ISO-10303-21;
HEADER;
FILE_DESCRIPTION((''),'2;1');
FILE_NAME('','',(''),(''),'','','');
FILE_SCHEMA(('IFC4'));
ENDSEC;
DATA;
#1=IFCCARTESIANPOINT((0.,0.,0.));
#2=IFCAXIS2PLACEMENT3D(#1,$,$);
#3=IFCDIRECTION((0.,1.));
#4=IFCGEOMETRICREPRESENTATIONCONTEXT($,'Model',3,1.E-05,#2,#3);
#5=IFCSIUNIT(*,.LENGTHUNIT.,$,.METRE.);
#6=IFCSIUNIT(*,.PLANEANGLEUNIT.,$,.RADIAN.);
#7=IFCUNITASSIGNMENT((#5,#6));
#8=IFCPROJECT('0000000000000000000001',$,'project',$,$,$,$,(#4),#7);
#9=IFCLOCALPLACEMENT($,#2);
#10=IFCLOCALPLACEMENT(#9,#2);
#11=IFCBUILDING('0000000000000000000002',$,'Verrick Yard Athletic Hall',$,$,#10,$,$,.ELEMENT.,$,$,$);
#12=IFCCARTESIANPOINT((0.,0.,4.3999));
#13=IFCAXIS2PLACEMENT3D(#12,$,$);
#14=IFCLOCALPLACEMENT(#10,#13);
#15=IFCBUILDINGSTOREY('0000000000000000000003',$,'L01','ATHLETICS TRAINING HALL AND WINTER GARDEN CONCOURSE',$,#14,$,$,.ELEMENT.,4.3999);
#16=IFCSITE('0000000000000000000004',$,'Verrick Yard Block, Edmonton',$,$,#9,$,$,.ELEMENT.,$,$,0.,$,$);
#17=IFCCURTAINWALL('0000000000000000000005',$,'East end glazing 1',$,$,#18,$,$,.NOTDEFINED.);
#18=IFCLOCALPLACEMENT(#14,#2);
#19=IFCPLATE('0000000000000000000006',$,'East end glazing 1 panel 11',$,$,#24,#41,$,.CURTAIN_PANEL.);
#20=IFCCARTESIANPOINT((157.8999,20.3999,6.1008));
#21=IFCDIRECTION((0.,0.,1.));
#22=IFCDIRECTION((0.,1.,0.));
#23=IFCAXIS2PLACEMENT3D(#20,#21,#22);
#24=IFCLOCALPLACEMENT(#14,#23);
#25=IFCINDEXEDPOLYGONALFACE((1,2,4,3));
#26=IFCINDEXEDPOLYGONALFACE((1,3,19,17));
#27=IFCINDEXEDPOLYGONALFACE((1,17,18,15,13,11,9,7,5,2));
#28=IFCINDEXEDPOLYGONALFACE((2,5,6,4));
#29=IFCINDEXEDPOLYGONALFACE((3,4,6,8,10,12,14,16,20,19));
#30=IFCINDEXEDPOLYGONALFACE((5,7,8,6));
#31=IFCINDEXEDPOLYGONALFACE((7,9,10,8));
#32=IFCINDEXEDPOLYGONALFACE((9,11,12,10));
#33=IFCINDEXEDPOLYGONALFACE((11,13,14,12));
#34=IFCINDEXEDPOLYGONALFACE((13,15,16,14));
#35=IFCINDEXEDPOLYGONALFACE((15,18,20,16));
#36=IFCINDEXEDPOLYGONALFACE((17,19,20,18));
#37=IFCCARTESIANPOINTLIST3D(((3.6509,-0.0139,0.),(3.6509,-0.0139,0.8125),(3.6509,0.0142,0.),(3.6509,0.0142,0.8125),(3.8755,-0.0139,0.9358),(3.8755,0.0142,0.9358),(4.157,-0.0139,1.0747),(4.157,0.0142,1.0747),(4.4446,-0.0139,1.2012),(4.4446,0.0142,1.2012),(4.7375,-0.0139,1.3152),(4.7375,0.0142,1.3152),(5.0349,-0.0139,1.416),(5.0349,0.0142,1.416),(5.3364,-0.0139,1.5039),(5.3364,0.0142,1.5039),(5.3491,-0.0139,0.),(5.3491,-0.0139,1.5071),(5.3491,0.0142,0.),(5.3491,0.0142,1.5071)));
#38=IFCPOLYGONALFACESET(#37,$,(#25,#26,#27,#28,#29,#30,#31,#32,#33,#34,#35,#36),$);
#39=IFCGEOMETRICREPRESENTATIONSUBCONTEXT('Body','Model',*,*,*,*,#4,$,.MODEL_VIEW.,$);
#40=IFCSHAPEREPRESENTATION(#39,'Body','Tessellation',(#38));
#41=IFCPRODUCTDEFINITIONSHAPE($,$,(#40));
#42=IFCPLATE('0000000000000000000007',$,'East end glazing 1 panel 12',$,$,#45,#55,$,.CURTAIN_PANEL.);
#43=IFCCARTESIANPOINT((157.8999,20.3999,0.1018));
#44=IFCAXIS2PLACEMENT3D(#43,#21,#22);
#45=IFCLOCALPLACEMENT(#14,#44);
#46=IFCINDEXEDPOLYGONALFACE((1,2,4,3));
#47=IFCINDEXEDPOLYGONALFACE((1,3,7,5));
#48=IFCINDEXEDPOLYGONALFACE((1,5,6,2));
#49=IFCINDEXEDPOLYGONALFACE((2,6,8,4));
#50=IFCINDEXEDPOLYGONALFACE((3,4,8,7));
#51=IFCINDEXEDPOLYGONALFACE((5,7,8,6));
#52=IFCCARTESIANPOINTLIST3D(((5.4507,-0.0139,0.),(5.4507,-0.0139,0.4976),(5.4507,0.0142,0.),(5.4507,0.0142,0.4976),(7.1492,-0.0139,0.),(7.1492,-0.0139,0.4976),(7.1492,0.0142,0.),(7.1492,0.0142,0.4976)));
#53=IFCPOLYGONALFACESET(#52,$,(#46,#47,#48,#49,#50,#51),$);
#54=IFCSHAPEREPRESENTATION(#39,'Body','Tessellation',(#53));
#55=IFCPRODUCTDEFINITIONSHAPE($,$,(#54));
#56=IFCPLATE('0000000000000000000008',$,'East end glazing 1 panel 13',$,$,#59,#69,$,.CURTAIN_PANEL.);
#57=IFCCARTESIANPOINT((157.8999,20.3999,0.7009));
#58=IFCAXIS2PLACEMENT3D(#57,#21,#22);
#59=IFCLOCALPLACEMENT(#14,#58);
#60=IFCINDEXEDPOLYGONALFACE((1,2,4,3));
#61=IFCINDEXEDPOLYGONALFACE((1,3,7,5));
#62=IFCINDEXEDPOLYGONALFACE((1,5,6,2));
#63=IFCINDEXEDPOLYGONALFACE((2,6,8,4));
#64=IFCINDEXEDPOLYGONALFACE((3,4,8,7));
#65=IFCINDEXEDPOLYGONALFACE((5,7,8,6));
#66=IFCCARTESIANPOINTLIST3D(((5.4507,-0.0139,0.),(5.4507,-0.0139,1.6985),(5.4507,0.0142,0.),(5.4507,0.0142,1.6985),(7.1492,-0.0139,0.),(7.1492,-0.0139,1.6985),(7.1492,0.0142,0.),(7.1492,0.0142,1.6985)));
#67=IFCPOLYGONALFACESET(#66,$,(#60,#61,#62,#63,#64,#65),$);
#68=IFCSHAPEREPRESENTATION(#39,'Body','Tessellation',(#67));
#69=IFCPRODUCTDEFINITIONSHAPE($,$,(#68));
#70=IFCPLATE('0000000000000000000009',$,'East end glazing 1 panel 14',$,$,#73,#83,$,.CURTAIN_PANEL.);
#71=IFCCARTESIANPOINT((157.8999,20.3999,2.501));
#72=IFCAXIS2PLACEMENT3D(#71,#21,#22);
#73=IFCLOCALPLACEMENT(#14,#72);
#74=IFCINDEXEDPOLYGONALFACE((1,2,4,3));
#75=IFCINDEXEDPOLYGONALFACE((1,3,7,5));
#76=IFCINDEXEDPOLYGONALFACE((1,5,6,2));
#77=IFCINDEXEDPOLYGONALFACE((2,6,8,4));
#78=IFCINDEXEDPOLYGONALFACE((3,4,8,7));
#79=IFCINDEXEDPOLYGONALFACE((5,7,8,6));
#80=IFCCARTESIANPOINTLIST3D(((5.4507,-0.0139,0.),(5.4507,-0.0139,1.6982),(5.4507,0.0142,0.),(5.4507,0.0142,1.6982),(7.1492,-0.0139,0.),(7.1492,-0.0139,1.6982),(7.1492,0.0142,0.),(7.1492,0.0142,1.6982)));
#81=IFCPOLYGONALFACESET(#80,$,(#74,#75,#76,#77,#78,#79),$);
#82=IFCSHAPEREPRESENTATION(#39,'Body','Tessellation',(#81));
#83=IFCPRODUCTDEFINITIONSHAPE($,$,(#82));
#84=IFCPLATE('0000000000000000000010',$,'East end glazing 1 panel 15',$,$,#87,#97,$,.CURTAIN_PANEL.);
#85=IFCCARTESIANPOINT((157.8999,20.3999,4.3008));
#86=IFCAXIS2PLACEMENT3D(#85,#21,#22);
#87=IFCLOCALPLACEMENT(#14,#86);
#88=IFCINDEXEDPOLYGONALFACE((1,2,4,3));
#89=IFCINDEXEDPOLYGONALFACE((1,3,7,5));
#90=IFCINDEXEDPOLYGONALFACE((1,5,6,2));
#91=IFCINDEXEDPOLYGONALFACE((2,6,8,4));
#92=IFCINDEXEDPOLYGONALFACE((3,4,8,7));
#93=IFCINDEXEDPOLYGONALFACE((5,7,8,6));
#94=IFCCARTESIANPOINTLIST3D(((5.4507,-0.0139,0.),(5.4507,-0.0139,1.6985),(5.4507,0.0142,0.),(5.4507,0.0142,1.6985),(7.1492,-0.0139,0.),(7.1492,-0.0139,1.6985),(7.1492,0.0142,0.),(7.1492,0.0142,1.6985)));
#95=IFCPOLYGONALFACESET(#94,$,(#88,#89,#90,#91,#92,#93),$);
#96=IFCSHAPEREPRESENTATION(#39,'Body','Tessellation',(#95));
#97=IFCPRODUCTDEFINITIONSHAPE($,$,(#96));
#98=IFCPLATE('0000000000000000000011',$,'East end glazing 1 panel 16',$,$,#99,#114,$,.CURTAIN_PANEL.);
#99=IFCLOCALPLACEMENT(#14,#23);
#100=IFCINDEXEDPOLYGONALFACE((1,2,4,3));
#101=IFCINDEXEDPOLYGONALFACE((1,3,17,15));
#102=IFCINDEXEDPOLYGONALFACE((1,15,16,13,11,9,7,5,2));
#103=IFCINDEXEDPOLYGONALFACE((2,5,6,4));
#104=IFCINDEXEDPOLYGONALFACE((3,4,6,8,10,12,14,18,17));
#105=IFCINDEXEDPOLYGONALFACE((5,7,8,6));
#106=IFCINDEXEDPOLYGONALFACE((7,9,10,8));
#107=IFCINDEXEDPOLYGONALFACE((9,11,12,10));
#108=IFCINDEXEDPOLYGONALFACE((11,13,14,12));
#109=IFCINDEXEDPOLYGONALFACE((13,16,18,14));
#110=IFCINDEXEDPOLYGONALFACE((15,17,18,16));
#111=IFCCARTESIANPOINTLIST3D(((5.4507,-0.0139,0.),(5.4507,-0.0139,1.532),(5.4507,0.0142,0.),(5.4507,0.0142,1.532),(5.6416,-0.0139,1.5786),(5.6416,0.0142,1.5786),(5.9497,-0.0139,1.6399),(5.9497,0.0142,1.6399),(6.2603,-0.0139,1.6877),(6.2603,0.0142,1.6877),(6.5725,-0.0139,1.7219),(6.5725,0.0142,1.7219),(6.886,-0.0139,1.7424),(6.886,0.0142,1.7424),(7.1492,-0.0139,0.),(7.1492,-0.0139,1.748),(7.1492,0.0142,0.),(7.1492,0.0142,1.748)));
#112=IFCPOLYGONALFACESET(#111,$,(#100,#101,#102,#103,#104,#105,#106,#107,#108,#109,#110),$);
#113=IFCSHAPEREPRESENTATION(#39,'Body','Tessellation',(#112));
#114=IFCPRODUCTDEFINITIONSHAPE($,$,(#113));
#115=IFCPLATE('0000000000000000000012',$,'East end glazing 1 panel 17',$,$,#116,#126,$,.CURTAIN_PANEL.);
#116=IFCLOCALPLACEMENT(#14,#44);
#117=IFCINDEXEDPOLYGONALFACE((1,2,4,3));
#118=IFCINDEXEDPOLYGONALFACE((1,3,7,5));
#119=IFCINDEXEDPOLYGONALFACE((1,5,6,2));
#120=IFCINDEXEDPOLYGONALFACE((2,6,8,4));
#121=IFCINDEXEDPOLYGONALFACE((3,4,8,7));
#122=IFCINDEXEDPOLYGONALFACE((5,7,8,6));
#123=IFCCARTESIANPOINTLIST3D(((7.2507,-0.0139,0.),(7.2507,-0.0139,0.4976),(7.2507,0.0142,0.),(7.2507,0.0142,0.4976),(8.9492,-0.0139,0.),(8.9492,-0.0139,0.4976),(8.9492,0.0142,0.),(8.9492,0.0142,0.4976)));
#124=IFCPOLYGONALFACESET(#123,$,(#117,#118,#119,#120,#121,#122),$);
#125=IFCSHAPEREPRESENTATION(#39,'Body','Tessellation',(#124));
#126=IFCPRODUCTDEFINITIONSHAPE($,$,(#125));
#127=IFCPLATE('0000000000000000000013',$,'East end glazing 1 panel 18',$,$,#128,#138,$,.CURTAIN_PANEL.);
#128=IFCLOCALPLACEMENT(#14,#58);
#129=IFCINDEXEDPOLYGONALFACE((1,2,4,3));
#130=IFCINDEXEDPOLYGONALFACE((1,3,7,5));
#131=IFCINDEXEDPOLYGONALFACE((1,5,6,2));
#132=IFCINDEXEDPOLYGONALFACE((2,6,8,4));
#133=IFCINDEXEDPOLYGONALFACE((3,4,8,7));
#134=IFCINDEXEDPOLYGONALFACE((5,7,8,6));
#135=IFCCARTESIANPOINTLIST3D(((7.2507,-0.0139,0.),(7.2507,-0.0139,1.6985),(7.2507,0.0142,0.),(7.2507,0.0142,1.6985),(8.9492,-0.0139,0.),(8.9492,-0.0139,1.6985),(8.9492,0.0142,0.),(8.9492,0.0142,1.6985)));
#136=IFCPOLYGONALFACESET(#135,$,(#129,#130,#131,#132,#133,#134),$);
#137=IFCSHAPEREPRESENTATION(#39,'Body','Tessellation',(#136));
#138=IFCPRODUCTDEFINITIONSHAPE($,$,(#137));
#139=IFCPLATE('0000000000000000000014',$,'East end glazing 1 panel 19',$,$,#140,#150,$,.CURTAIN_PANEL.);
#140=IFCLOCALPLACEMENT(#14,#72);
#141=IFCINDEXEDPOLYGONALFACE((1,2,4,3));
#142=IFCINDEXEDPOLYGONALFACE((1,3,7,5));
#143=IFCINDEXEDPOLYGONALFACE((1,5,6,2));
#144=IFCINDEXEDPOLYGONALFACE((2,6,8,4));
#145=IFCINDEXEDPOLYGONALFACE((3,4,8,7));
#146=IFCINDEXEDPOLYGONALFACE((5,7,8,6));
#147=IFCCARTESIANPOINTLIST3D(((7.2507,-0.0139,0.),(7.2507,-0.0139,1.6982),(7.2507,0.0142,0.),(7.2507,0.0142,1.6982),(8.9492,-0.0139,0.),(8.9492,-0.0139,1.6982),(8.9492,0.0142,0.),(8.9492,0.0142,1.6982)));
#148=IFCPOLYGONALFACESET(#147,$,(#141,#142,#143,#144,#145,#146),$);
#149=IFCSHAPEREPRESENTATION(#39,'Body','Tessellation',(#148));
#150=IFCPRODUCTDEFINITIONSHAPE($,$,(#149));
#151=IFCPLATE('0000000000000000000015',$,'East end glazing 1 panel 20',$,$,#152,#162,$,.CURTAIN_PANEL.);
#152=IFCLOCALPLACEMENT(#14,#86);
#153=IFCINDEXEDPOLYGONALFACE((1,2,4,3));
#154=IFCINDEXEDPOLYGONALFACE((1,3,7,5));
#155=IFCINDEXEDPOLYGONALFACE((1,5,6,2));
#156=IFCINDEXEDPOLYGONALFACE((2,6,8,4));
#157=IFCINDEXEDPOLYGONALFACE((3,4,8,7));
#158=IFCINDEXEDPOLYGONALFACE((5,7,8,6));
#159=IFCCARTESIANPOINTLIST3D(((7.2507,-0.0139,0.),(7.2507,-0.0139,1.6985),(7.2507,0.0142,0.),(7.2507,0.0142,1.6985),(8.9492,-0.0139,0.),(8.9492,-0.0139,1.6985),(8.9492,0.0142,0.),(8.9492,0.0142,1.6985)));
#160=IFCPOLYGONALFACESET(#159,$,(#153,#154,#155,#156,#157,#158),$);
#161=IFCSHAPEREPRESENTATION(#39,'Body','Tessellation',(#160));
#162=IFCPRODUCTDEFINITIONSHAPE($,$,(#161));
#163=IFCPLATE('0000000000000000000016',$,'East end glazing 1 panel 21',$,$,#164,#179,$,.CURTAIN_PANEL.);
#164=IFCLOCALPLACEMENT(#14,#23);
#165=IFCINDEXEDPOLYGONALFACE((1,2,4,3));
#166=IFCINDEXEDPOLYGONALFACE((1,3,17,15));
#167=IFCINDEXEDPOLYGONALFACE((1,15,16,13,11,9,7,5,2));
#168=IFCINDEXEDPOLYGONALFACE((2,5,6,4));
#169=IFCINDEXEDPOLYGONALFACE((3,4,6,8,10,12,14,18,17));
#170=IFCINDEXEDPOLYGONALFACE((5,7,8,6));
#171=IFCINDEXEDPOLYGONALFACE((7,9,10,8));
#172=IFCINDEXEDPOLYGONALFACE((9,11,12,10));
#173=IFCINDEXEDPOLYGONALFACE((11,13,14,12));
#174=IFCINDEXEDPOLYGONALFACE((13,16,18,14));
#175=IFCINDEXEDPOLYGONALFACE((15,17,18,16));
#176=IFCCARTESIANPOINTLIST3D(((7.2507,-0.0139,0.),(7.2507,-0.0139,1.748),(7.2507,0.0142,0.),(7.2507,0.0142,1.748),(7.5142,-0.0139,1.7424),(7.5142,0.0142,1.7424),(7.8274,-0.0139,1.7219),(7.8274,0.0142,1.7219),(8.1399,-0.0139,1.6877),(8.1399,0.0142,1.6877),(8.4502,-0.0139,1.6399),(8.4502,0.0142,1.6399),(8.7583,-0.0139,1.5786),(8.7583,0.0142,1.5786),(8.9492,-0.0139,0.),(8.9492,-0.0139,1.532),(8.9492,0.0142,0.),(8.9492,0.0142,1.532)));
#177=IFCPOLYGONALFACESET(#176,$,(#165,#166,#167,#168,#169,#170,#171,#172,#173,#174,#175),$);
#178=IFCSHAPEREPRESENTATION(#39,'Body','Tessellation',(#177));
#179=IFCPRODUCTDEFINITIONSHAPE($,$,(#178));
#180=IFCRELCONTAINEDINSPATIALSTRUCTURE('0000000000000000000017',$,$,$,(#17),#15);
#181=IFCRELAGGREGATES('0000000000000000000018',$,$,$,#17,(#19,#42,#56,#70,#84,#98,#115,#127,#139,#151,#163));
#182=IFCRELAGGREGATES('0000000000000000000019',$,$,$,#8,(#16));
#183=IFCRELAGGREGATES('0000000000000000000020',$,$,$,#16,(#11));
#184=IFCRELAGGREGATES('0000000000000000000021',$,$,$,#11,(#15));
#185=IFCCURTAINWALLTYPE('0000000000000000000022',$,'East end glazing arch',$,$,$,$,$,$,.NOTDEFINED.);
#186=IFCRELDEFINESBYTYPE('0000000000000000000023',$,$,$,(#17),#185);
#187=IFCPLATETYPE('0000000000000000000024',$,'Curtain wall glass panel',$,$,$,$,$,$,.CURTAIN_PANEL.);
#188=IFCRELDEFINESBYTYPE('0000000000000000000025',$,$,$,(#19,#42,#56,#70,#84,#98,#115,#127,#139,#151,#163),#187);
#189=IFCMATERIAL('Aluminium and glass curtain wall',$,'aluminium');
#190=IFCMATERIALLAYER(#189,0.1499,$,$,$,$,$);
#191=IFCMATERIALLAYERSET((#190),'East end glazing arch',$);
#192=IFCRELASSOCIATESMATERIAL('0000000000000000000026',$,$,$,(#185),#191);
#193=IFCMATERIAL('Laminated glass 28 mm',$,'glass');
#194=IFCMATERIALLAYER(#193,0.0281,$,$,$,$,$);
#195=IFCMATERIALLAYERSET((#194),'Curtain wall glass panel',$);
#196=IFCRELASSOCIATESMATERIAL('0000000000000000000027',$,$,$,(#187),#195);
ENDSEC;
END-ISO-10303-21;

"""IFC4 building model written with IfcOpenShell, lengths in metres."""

from ifc_helpers import new_model, si_unit, direction, frame, origin, place, context, subcontext, project, spatial, polyline, outline, extrude, material, layer, layer_set, type_object, element, aggregate, save


model = new_model("IFC4")

# Units and contexts
model_context = context("Model", 3, precision=1e-05, world=origin(), true_north=direction((0.0, 1.0)))
body_context = subcontext(model_context, "Body", "Model", "MODEL_VIEW")
ifc_project = project(units=[si_unit("LENGTHUNIT", "METRE"), si_unit("PLANEANGLEUNIT", "RADIAN")], contexts=[model_context])

# Site, building, storey
site_placement = place(None, origin())
site = spatial("IfcSite", under=ifc_project, at=site_placement, Name="Verrick Yard Block, Edmonton", CompositionType="ELEMENT", RefElevation=0.0)
building_placement = place(site_placement, origin())
building = spatial("IfcBuilding", under=site, at=building_placement, Name="Verrick Yard Athletic Hall", CompositionType="ELEMENT")
storey_placement = place(building_placement, frame((0.0, 0.0, 4.3999)))
storey = spatial("IfcBuildingStorey", under=building, at=storey_placement, Name="L01", Description="ATHLETICS TRAINING HALL AND WINTER GARDEN CONCOURSE", CompositionType="ELEMENT", Elevation=4.3999)

# Curtain wall, plates
ifc_material_1 = material(Name="Aluminium and glass curtain wall", Category="aluminium")
ifc_layer_1 = layer(ifc_material_1, 0.1499)
ifc_layer_set_1 = layer_set([ifc_layer_1], Name="East end glazing arch")
curtain_wall_type = type_object("IfcCurtainWallType", Name="East end glazing arch", PredefinedType="NOTDEFINED", material=ifc_layer_set_1)
curtain_wall_placement = place(storey_placement, origin())
curtain_wall = element("IfcCurtainWall", 1, at=curtain_wall_placement, inside=storey, type_object=curtain_wall_type, Name="East end glazing 1", PredefinedType="NOTDEFINED")
ifc_material_2 = material(Name="Laminated glass 28 mm", Category="glass")
ifc_layer_2 = layer(ifc_material_2, 0.0281)
ifc_layer_set_2 = layer_set([ifc_layer_2], Name="Curtain wall glass panel")
plate_type = type_object("IfcPlateType", Name="Curtain wall glass panel", PredefinedType="CURTAIN_PANEL", material=ifc_layer_set_2)
plate_1_placement = place(storey_placement, frame((157.8999, 20.3999, 6.1008), z_axis=(0.0, 0.0, 1.0), x_axis=(0.0, 1.0, 0.0)))
plate_1 = element("IfcPlate", 2, at=plate_1_placement, type_object=plate_type, Name="East end glazing 1 panel 11", PredefinedType="CURTAIN_PANEL", context=body_context, shape_type="SweptSolid", body=[
    extrude(outline(polyline([(5.3491, 1.5071), (5.3364, 1.5039), (5.0349, 1.416), (4.7375, 1.3152), (4.4446, 1.2012), (4.157, 1.0747), (3.8755, 0.9358), (3.6509, 0.8125), (3.6509, 0.0), (5.3491, 0.0), (5.3491, 1.5071)])), frame((0.0, 0.0142, 0.0), z_axis=(0.0, -1.0, 0.0), x_axis=(1.0, 0.0, 0.0)), (0.0, 0.0, 1.0), 0.0281),
])
plate_2_placement = place(storey_placement, frame((157.8999, 20.3999, 0.1018), z_axis=(0.0, 0.0, 1.0), x_axis=(0.0, 1.0, 0.0)))
plate_2 = element("IfcPlate", 3, at=plate_2_placement, type_object=plate_type, Name="East end glazing 1 panel 12", PredefinedType="CURTAIN_PANEL", context=body_context, shape_type="SweptSolid", body=[
    extrude(outline(polyline([(7.1492, 0.0), (7.1492, 0.4976), (5.4507, 0.4976), (5.4507, 0.0), (7.1492, 0.0)])), frame((0.0, 0.0142, 0.0), z_axis=(0.0, -1.0, 0.0), x_axis=(1.0, 0.0, 0.0)), (0.0, 0.0, 1.0), 0.0281),
])
plate_3_placement = place(storey_placement, frame((157.8999, 20.3999, 0.7009), z_axis=(0.0, 0.0, 1.0), x_axis=(0.0, 1.0, 0.0)))
plate_3 = element("IfcPlate", 4, at=plate_3_placement, type_object=plate_type, Name="East end glazing 1 panel 13", PredefinedType="CURTAIN_PANEL", context=body_context, shape_type="SweptSolid", body=[
    extrude(outline(polyline([(7.1492, 0.0), (7.1492, 1.6985), (5.4507, 1.6985), (5.4507, 0.0), (7.1492, 0.0)])), frame((0.0, 0.0142, 0.0), z_axis=(0.0, -1.0, 0.0), x_axis=(1.0, 0.0, 0.0)), (0.0, 0.0, 1.0), 0.0281),
])
plate_4_placement = place(storey_placement, frame((157.8999, 20.3999, 2.501), z_axis=(0.0, 0.0, 1.0), x_axis=(0.0, 1.0, 0.0)))
plate_4 = element("IfcPlate", 5, at=plate_4_placement, type_object=plate_type, Name="East end glazing 1 panel 14", PredefinedType="CURTAIN_PANEL", context=body_context, shape_type="SweptSolid", body=[
    extrude(outline(polyline([(7.1492, 0.0), (7.1492, 1.6982), (5.4507, 1.6982), (5.4507, 0.0), (7.1492, 0.0)])), frame((0.0, 0.0142, 0.0), z_axis=(0.0, -1.0, 0.0), x_axis=(1.0, 0.0, 0.0)), (0.0, 0.0, 1.0), 0.0281),
])
plate_5_placement = place(storey_placement, frame((157.8999, 20.3999, 4.3008), z_axis=(0.0, 0.0, 1.0), x_axis=(0.0, 1.0, 0.0)))
plate_5 = element("IfcPlate", 6, at=plate_5_placement, type_object=plate_type, Name="East end glazing 1 panel 15", PredefinedType="CURTAIN_PANEL", context=body_context, shape_type="SweptSolid", body=[
    extrude(outline(polyline([(7.1492, 0.0), (7.1492, 1.6985), (5.4507, 1.6985), (5.4507, 0.0), (7.1492, 0.0)])), frame((0.0, 0.0142, 0.0), z_axis=(0.0, -1.0, 0.0), x_axis=(1.0, 0.0, 0.0)), (0.0, 0.0, 1.0), 0.0281),
])
plate_6_placement = place(storey_placement, frame((157.8999, 20.3999, 6.1008), z_axis=(0.0, 0.0, 1.0), x_axis=(0.0, 1.0, 0.0)))
plate_6 = element("IfcPlate", 7, at=plate_6_placement, type_object=plate_type, Name="East end glazing 1 panel 16", PredefinedType="CURTAIN_PANEL", context=body_context, shape_type="SweptSolid", body=[
    extrude(outline(polyline([(7.1492, 1.748), (6.886, 1.7424), (6.5725, 1.7219), (6.2603, 1.6877), (5.9497, 1.6399), (5.6416, 1.5786), (5.4507, 1.532), (5.4507, 0.0), (7.1492, 0.0), (7.1492, 1.748)])), frame((0.0, 0.0142, 0.0), z_axis=(0.0, -1.0, 0.0), x_axis=(1.0, 0.0, 0.0)), (0.0, 0.0, 1.0), 0.0281),
])
plate_7_placement = place(storey_placement, frame((157.8999, 20.3999, 0.1018), z_axis=(0.0, 0.0, 1.0), x_axis=(0.0, 1.0, 0.0)))
plate_7 = element("IfcPlate", 8, at=plate_7_placement, type_object=plate_type, Name="East end glazing 1 panel 17", PredefinedType="CURTAIN_PANEL", context=body_context, shape_type="SweptSolid", body=[
    extrude(outline(polyline([(8.9492, 0.0), (8.9492, 0.4976), (7.2507, 0.4976), (7.2507, 0.0), (8.9492, 0.0)])), frame((0.0, 0.0142, 0.0), z_axis=(0.0, -1.0, 0.0), x_axis=(1.0, 0.0, 0.0)), (0.0, 0.0, 1.0), 0.0281),
])
plate_8_placement = place(storey_placement, frame((157.8999, 20.3999, 0.7009), z_axis=(0.0, 0.0, 1.0), x_axis=(0.0, 1.0, 0.0)))
plate_8 = element("IfcPlate", 9, at=plate_8_placement, type_object=plate_type, Name="East end glazing 1 panel 18", PredefinedType="CURTAIN_PANEL", context=body_context, shape_type="SweptSolid", body=[
    extrude(outline(polyline([(8.9492, 0.0), (8.9492, 1.6985), (7.2507, 1.6985), (7.2507, 0.0), (8.9492, 0.0)])), frame((0.0, 0.0142, 0.0), z_axis=(0.0, -1.0, 0.0), x_axis=(1.0, 0.0, 0.0)), (0.0, 0.0, 1.0), 0.0281),
])
plate_9_placement = place(storey_placement, frame((157.8999, 20.3999, 2.501), z_axis=(0.0, 0.0, 1.0), x_axis=(0.0, 1.0, 0.0)))
plate_9 = element("IfcPlate", 10, at=plate_9_placement, type_object=plate_type, Name="East end glazing 1 panel 19", PredefinedType="CURTAIN_PANEL", context=body_context, shape_type="SweptSolid", body=[
    extrude(outline(polyline([(8.9492, 0.0), (8.9492, 1.6982), (7.2507, 1.6982), (7.2507, 0.0), (8.9492, 0.0)])), frame((0.0, 0.0142, 0.0), z_axis=(0.0, -1.0, 0.0), x_axis=(1.0, 0.0, 0.0)), (0.0, 0.0, 1.0), 0.0281),
])
plate_10_placement = place(storey_placement, frame((157.8999, 20.3999, 4.3008), z_axis=(0.0, 0.0, 1.0), x_axis=(0.0, 1.0, 0.0)))
plate_10 = element("IfcPlate", 11, at=plate_10_placement, type_object=plate_type, Name="East end glazing 1 panel 20", PredefinedType="CURTAIN_PANEL", context=body_context, shape_type="SweptSolid", body=[
    extrude(outline(polyline([(8.9492, 0.0), (8.9492, 1.6985), (7.2507, 1.6985), (7.2507, 0.0), (8.9492, 0.0)])), frame((0.0, 0.0142, 0.0), z_axis=(0.0, -1.0, 0.0), x_axis=(1.0, 0.0, 0.0)), (0.0, 0.0, 1.0), 0.0281),
])
plate_11_placement = place(storey_placement, frame((157.8999, 20.3999, 6.1008), z_axis=(0.0, 0.0, 1.0), x_axis=(0.0, 1.0, 0.0)))
plate_11 = element("IfcPlate", 12, at=plate_11_placement, type_object=plate_type, Name="East end glazing 1 panel 21", PredefinedType="CURTAIN_PANEL", context=body_context, shape_type="SweptSolid", body=[
    extrude(outline(polyline([(8.9492, 1.532), (8.7583, 1.5786), (8.4502, 1.6399), (8.1399, 1.6877), (7.8274, 1.7219), (7.5142, 1.7424), (7.2507, 1.748), (7.2507, 0.0), (8.9492, 0.0), (8.9492, 1.532)])), frame((0.0, 0.0142, 0.0), z_axis=(0.0, -1.0, 0.0), x_axis=(1.0, 0.0, 0.0)), (0.0, 0.0, 1.0), 0.0281),
])
aggregate(curtain_wall, [plate_1, plate_2, plate_3, plate_4, plate_5, plate_6, plate_7, plate_8, plate_9, plate_10, plate_11])

save(model, "model.ifc")
